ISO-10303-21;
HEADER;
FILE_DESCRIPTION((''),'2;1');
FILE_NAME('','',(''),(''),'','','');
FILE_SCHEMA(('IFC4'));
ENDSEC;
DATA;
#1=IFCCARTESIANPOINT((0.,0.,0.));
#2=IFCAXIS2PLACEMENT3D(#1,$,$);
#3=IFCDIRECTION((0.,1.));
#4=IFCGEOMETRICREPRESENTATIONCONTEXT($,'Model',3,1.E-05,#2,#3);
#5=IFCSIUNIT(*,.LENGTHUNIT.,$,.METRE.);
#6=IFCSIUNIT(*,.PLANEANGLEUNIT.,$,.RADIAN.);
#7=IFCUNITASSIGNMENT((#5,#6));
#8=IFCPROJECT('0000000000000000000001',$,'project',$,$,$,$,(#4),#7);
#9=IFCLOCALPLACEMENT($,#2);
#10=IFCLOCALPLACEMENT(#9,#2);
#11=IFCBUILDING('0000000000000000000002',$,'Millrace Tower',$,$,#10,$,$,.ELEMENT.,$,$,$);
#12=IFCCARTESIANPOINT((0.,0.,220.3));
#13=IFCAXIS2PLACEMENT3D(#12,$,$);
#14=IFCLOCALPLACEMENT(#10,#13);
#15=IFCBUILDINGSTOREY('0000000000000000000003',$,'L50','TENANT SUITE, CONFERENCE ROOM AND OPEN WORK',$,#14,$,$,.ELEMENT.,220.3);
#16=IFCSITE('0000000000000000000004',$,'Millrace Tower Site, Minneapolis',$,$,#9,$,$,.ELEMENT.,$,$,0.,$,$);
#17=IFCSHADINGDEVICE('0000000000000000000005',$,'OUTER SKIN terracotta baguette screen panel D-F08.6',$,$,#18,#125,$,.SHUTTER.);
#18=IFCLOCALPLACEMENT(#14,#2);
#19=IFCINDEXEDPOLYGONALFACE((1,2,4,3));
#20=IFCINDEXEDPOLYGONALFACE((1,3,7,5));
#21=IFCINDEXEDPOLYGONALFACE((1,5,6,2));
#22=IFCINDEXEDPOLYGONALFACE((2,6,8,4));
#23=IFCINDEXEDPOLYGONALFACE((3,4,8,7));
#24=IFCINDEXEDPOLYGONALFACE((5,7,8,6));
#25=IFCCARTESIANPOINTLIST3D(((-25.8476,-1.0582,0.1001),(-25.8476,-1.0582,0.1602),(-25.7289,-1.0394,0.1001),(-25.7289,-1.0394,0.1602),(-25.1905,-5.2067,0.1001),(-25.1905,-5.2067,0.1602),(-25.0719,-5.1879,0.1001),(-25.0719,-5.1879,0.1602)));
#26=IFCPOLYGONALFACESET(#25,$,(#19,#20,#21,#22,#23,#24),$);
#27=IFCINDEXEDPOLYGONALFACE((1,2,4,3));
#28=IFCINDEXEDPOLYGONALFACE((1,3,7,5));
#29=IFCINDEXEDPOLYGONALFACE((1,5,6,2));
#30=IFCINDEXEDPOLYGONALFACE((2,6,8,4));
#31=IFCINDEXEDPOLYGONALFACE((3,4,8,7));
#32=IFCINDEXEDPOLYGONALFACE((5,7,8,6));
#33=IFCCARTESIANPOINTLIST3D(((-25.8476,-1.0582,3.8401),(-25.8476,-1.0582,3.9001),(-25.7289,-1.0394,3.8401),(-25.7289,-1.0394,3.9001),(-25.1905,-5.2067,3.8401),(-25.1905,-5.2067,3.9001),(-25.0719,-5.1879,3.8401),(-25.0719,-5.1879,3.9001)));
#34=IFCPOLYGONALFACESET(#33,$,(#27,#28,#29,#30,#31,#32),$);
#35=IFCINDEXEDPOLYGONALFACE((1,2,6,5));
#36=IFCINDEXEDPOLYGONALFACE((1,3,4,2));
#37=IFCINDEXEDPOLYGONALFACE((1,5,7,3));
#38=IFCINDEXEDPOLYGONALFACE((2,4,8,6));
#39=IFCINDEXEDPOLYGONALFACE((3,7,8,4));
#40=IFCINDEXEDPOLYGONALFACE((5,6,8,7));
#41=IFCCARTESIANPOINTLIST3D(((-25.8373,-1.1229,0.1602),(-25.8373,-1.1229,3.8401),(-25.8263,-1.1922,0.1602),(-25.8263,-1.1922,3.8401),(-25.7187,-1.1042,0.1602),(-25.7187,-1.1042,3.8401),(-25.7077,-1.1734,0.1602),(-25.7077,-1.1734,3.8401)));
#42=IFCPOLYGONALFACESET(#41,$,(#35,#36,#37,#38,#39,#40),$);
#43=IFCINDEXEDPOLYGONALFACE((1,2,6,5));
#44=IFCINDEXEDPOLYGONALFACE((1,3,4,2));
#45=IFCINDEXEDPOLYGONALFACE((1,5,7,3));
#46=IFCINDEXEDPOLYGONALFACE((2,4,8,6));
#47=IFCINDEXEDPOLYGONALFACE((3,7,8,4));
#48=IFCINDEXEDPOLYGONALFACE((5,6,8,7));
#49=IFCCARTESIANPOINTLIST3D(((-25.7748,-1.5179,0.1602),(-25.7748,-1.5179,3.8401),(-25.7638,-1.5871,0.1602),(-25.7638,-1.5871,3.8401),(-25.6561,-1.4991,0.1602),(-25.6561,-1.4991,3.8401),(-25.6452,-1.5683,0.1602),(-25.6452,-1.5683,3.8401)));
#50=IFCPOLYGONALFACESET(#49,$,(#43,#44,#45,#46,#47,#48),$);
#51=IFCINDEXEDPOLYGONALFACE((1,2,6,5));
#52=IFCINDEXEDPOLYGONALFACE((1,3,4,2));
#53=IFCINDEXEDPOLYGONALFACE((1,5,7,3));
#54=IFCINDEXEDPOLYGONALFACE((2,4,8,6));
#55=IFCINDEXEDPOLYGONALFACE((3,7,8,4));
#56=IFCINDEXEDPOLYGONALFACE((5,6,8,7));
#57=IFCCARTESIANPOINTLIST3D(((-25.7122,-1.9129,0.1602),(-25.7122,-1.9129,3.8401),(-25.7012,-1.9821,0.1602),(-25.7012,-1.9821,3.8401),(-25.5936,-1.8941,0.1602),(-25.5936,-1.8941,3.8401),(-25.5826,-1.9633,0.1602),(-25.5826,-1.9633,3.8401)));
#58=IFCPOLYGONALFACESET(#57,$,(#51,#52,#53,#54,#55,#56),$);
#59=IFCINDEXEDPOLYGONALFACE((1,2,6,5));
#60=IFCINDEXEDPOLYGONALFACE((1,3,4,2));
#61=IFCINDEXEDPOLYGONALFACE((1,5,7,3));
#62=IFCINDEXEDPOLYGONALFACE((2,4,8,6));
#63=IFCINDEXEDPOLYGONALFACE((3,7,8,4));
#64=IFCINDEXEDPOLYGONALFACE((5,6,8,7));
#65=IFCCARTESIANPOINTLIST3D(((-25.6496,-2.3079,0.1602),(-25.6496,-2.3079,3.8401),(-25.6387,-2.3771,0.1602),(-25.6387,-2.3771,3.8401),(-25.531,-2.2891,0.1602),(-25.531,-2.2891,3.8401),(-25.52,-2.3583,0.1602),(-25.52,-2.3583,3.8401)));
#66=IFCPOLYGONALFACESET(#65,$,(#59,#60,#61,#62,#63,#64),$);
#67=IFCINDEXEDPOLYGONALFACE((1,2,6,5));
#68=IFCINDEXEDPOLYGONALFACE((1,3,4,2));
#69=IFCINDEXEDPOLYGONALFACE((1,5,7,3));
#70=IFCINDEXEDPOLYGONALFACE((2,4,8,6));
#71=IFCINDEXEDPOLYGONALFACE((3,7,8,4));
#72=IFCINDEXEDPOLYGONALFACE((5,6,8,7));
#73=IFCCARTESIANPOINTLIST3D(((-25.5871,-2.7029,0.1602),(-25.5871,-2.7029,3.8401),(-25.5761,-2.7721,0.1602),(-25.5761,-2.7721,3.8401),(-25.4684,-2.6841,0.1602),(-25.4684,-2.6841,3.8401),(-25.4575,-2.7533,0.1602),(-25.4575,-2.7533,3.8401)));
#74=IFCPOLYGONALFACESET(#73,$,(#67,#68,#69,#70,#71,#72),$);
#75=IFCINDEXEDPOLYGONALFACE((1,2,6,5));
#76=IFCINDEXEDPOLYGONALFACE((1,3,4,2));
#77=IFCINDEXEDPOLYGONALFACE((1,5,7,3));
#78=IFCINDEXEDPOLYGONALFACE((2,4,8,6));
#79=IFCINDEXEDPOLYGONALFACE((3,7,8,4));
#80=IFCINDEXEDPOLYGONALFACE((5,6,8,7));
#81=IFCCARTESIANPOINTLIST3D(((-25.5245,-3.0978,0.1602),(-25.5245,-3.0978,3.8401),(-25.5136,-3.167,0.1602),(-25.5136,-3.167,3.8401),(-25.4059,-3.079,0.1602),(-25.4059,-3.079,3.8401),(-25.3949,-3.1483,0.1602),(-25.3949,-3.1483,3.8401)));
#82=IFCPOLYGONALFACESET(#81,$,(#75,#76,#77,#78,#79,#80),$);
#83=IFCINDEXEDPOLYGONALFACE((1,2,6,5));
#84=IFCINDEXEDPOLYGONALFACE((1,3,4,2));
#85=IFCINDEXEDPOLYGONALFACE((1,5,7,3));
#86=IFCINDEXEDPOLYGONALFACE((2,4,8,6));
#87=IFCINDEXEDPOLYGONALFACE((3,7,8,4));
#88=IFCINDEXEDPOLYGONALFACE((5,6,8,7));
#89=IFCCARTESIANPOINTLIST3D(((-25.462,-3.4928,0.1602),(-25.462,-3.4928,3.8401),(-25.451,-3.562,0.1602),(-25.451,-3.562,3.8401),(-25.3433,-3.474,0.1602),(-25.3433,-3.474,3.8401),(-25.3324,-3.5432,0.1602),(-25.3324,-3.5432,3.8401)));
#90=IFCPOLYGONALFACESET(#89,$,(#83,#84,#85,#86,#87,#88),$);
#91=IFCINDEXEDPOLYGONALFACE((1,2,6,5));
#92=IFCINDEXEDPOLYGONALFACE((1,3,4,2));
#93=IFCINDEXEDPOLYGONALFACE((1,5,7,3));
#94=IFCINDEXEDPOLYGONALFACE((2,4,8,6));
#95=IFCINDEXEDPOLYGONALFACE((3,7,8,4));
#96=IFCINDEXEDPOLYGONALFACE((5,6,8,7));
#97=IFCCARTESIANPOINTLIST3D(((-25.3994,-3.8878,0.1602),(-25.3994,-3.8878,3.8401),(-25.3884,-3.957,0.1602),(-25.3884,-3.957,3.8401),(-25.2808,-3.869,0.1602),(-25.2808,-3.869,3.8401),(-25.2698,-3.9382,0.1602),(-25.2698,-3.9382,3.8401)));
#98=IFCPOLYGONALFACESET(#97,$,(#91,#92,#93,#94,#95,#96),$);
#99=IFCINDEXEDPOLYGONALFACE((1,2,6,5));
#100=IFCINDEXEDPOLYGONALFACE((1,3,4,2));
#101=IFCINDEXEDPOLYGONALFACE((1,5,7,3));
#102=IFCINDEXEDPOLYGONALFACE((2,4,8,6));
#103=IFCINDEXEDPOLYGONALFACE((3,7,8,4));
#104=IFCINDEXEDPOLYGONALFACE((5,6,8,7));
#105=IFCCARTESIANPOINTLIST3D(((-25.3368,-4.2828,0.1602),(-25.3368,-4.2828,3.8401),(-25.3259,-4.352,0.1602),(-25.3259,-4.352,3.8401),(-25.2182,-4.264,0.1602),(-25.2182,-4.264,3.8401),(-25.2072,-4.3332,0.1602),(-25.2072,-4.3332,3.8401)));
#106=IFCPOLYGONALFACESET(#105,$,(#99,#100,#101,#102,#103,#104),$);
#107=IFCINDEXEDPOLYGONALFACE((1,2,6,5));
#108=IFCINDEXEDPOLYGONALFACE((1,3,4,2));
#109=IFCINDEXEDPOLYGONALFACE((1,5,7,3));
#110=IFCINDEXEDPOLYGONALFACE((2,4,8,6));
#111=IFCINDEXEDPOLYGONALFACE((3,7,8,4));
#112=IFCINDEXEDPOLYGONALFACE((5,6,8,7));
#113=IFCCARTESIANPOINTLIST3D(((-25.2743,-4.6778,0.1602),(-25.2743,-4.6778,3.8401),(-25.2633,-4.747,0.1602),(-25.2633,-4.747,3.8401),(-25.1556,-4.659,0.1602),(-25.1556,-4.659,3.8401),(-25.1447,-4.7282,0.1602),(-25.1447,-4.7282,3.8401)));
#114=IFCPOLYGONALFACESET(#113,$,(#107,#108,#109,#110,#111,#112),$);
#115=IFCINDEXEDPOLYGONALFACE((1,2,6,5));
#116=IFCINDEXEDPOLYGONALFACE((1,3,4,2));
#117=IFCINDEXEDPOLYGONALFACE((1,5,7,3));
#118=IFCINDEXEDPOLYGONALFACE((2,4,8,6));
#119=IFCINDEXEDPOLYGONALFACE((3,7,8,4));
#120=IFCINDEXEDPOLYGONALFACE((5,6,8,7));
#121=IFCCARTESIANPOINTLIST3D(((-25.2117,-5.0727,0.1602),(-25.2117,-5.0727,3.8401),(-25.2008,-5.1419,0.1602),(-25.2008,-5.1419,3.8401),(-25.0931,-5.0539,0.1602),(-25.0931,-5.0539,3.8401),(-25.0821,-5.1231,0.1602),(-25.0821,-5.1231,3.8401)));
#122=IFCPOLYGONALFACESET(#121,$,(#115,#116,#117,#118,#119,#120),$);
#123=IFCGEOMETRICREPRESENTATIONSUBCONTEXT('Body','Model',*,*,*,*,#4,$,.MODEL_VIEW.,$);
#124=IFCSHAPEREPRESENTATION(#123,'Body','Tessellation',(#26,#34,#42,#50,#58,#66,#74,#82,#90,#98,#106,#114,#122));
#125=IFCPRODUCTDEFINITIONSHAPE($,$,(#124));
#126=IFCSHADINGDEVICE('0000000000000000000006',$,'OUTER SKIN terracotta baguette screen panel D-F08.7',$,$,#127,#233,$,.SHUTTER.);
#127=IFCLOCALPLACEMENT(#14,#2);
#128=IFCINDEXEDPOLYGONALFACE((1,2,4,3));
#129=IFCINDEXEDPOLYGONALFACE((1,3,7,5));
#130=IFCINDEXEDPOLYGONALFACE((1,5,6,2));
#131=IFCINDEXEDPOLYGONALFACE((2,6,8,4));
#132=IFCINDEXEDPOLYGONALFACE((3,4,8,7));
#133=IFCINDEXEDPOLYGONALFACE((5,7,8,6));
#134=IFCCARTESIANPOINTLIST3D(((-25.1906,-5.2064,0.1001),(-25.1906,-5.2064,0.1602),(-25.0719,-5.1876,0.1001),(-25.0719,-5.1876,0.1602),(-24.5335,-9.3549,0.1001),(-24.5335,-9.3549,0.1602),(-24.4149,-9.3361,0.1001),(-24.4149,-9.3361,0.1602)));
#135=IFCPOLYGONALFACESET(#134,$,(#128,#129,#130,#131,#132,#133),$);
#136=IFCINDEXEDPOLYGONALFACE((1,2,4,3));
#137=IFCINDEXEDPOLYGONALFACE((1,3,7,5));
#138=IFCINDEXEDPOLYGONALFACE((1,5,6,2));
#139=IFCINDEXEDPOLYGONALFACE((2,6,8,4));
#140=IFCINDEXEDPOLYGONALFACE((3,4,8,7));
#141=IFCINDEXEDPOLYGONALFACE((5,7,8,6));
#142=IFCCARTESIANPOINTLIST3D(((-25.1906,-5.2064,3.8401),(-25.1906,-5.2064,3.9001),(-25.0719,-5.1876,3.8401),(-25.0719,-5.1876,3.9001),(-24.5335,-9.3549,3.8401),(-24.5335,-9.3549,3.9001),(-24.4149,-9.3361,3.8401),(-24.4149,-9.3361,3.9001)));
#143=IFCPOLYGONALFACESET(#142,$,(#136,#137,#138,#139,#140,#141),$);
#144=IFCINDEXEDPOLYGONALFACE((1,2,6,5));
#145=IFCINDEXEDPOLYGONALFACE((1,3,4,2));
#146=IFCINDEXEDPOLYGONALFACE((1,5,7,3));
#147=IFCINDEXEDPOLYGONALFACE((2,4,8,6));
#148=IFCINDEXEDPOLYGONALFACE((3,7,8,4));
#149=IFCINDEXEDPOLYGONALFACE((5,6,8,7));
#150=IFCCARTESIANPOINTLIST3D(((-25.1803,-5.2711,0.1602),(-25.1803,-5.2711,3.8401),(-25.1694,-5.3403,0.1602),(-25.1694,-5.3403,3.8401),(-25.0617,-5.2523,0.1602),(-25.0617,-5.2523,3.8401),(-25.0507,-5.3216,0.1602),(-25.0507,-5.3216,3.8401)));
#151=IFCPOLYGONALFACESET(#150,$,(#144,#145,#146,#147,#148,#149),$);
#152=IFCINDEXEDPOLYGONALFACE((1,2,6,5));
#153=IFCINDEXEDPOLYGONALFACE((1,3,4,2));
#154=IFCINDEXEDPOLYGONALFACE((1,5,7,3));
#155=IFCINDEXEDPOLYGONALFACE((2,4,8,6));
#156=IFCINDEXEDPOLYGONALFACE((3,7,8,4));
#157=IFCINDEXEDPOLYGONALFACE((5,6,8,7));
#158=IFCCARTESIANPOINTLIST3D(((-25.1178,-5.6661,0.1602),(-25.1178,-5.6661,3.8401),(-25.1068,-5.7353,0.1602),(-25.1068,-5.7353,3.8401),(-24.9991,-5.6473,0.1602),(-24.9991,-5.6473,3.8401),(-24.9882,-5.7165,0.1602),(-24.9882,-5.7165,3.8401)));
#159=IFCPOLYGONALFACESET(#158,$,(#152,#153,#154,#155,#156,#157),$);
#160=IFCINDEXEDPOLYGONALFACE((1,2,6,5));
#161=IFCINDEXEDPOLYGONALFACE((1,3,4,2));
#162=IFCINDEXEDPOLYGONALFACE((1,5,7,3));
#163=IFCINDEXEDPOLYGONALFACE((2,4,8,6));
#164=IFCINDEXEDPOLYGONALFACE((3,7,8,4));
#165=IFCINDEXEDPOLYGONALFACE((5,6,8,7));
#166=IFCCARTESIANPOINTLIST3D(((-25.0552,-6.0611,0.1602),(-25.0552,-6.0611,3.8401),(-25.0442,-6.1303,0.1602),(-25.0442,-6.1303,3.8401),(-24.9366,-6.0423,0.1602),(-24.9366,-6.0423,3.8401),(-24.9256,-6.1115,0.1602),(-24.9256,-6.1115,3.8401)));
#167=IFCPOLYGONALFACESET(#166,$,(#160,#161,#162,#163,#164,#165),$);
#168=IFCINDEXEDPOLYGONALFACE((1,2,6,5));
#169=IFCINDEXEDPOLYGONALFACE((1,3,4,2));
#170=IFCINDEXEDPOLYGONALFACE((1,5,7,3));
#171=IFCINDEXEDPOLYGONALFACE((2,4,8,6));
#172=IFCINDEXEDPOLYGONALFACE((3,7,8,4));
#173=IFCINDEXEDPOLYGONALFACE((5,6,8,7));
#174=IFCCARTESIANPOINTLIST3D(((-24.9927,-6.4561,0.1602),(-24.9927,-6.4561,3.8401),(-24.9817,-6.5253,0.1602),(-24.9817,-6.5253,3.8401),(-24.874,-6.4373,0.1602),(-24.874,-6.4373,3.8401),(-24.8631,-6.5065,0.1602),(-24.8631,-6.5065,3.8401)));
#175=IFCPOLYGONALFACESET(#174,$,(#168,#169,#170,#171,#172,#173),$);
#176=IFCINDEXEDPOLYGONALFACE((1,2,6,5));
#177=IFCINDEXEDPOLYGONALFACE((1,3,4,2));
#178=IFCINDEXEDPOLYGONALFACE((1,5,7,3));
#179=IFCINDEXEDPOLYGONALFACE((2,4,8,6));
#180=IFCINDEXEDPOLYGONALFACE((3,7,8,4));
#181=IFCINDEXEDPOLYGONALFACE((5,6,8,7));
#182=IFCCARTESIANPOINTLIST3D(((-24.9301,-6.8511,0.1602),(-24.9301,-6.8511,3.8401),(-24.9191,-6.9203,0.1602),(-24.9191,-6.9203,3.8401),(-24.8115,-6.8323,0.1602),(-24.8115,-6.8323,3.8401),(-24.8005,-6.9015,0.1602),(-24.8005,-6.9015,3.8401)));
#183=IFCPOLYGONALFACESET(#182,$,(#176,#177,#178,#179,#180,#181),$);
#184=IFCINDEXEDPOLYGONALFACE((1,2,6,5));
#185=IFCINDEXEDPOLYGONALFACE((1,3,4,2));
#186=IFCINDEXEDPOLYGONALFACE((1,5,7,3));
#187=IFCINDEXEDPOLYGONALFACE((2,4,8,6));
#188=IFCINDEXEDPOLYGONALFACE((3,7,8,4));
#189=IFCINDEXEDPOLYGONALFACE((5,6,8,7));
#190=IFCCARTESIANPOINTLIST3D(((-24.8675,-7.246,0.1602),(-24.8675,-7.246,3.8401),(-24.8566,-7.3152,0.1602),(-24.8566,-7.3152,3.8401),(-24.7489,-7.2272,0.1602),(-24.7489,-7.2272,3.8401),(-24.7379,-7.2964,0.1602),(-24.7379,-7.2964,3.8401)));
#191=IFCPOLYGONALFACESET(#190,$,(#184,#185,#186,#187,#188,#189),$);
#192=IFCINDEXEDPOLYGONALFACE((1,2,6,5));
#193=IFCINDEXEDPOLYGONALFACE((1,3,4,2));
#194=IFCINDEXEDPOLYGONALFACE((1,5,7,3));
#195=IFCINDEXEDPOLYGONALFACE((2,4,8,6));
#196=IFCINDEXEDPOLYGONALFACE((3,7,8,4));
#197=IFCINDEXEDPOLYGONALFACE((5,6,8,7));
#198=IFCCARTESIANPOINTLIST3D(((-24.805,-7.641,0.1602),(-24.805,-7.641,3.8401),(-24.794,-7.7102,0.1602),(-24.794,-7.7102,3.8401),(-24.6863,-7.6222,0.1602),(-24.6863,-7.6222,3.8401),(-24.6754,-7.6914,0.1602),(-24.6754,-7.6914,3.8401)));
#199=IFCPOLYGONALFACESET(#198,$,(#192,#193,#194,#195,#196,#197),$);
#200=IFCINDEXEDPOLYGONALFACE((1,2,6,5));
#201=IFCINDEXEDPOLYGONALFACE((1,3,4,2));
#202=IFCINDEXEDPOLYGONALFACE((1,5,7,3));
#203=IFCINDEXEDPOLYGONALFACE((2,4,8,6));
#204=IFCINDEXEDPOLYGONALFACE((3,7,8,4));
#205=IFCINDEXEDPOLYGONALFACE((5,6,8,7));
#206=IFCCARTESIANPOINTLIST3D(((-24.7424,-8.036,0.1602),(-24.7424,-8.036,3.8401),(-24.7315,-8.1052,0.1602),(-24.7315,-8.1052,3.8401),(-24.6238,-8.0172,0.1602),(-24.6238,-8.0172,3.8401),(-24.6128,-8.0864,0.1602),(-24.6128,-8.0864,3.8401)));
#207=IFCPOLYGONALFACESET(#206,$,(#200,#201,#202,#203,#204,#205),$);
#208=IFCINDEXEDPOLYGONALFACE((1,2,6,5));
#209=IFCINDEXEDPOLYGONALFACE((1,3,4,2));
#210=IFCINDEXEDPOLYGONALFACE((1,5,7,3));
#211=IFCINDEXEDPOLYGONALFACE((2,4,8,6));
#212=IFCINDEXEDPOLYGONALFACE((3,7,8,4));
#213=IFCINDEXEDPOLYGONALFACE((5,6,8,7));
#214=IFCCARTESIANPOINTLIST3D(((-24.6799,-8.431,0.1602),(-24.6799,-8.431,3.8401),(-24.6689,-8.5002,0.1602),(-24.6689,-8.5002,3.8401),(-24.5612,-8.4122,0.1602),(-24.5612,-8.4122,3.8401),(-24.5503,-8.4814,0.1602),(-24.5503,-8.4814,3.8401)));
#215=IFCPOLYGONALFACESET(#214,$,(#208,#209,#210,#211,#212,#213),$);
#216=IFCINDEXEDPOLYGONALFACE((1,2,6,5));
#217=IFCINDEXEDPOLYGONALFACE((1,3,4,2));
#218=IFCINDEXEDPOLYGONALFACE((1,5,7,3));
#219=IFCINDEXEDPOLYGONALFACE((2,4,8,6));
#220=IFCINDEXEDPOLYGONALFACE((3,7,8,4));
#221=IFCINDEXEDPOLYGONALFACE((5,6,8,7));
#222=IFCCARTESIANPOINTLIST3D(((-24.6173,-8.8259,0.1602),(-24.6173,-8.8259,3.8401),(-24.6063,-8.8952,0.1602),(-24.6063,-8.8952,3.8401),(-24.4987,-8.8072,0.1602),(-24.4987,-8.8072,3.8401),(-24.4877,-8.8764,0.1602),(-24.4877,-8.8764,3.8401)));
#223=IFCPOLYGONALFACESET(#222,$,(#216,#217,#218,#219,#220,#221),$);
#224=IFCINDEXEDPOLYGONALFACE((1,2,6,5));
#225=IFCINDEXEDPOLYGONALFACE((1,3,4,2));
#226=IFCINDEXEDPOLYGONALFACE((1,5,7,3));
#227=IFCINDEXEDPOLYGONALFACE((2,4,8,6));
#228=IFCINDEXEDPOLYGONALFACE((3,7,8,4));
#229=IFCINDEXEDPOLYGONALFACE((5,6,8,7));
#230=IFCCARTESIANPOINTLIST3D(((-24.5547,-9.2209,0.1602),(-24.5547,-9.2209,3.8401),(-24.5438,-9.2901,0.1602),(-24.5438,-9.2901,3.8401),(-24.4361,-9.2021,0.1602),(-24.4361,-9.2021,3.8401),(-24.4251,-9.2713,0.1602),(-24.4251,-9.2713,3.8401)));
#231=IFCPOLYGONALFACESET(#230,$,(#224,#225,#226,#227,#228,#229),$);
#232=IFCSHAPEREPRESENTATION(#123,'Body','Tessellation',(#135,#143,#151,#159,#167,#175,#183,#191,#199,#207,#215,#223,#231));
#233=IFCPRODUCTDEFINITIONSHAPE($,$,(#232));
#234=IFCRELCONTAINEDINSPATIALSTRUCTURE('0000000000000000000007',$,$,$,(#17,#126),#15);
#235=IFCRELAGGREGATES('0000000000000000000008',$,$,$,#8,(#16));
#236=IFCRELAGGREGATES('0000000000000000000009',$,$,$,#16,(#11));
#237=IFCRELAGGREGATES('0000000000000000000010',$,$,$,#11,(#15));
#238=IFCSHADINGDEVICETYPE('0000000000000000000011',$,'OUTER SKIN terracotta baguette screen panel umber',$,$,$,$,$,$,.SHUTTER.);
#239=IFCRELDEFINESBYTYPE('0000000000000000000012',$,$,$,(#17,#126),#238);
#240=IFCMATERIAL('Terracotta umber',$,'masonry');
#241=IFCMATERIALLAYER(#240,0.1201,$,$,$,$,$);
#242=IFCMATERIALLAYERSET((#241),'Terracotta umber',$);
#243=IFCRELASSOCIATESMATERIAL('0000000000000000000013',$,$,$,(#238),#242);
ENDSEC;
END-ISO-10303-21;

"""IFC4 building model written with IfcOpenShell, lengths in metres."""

from ifc_helpers import new_model, entity, si_unit, direction, frame, frame_2d, origin, origin_2d, place, context, subcontext, project, spatial, rectangle, extrude, source, transform, mapped, material, layer, layer_set, type_object, element, save


model = new_model("IFC4")

# Units and contexts
model_context = context("Model", 3, precision=1e-05, world=origin(), true_north=direction((0.0, 1.0)))
body_context = subcontext(model_context, "Body", "Model", "MODEL_VIEW")
ifc_project = project(units=[si_unit("LENGTHUNIT", "METRE"), si_unit("PLANEANGLEUNIT", "RADIAN")], contexts=[model_context])

# Site, building, storey
site_placement = place(None, origin())
site = spatial("IfcSite", under=ifc_project, at=site_placement, Name="Millrace Tower Site, Minneapolis", CompositionType="ELEMENT", RefElevation=0.0)
building_placement = place(site_placement, origin())
building = spatial("IfcBuilding", under=site, at=building_placement, Name="Millrace Tower", CompositionType="ELEMENT")
storey_placement = place(building_placement, frame((0.0, 0.0, 220.3)))
storey = spatial("IfcBuildingStorey", under=building, at=storey_placement, Name="L50", Description="TENANT SUITE, CONFERENCE ROOM AND OPEN WORK", CompositionType="ELEMENT", Elevation=220.3)

# Shading devices
ifc_material_1 = material(Name="Terracotta umber", Category="masonry")
ifc_layer_1 = layer(ifc_material_1, 0.1201)
ifc_layer_set_1 = layer_set([ifc_layer_1], Name="Terracotta umber")
shading_device_type = type_object("IfcShadingDeviceType", Name="OUTER SKIN terracotta baguette screen panel umber", PredefinedType="SHUTTER", material=ifc_layer_set_1)
cartesian_point = entity("IfcCartesianPoint", [-2.1001, 0.0601])
shared_polyline = entity("IfcPolyline", [cartesian_point, entity("IfcCartesianPoint", [2.1001, 0.0601]), entity("IfcCartesianPoint", [2.1001, -0.0601]), entity("IfcCartesianPoint", [-2.1001, -0.0601]), cartesian_point])
shared_shape = source(origin(), body_context, "Body", "SweptSolid", [
    entity("IfcExtrudedAreaSolid", entity("IfcArbitraryClosedProfileDef", "AREA", None, shared_polyline), entity("IfcAxis2Placement3D", entity("IfcCartesianPoint", [0.0, 0.0, 0.0])), entity("IfcDirection", [0.0, 0.0, 1.0]), 0.0601),
    entity("IfcExtrudedAreaSolid", entity("IfcArbitraryClosedProfileDef", "AREA", None, shared_polyline), entity("IfcAxis2Placement3D", entity("IfcCartesianPoint", [0.0, 0.0, 3.74])), entity("IfcDirection", [0.0, 0.0, 1.0]), 0.0601),
    extrude(rectangle(XDim=0.0701, YDim=0.1201, at=frame_2d((-1.9995, 0.0))), frame((0.0, 0.0, 0.0601)), (0.0, 0.0, 1.0), 3.6799),
    extrude(rectangle(XDim=0.0701, YDim=0.1201, at=frame_2d((-1.5996, 0.0))), frame((0.0, 0.0, 0.0601)), (0.0, 0.0, 1.0), 3.6799),
    extrude(rectangle(XDim=0.0701, YDim=0.1201, at=frame_2d((-1.1997, 0.0))), frame((0.0, 0.0, 0.0601)), (0.0, 0.0, 1.0), 3.6799),
    extrude(rectangle(XDim=0.0701, YDim=0.1201, at=frame_2d((-0.7998, 0.0))), frame((0.0, 0.0, 0.0601)), (0.0, 0.0, 1.0), 3.6799),
    extrude(rectangle(XDim=0.0701, YDim=0.1201, at=frame_2d((-0.3999, 0.0))), frame((0.0, 0.0, 0.0601)), (0.0, 0.0, 1.0), 3.6799),
    extrude(rectangle(XDim=0.0701, YDim=0.1201, at=origin_2d()), frame((0.0, 0.0, 0.0601)), (0.0, 0.0, 1.0), 3.6799),
    extrude(rectangle(XDim=0.0701, YDim=0.1201, at=frame_2d((0.3999, 0.0))), frame((0.0, 0.0, 0.0601)), (0.0, 0.0, 1.0), 3.6799),
    extrude(rectangle(XDim=0.0701, YDim=0.1201, at=frame_2d((0.7998, 0.0))), frame((0.0, 0.0, 0.0601)), (0.0, 0.0, 1.0), 3.6799),
    extrude(rectangle(XDim=0.0701, YDim=0.1201, at=frame_2d((1.1997, 0.0))), frame((0.0, 0.0, 0.0601)), (0.0, 0.0, 1.0), 3.6799),
    extrude(rectangle(XDim=0.0701, YDim=0.1201, at=frame_2d((1.5996, 0.0))), frame((0.0, 0.0, 0.0601)), (0.0, 0.0, 1.0), 3.6799),
    extrude(rectangle(XDim=0.0701, YDim=0.1201, at=frame_2d((1.9995, 0.0))), frame((0.0, 0.0, 0.0601)), (0.0, 0.0, 1.0), 3.6799),
])
for number, where, z_axis, x_axis, name in (
    (1, (-25.4597, -3.123, 0.1001), (0.0, 0.0, 1.0), (0.156434, -0.987688, 0.0), "OUTER SKIN terracotta baguette screen panel D-F08.6"),
    (2, (-24.8027, -7.2712, 0.1001), (0.0, 0.0, 1.0), (0.156434, -0.987688, 0.0), "OUTER SKIN terracotta baguette screen panel D-F08.7"),
):
    element("IfcShadingDevice", number, at=place(storey_placement, frame(where, z_axis=z_axis, x_axis=x_axis)), inside=storey, type_object=shading_device_type, Name=name, PredefinedType="SHUTTER", context=body_context, shape_type="MappedRepresentation", body=[
        mapped(shared_shape, transform((0.0, 0.0, 0.0), scale=1.0)),
    ])

save(model, "model.ifc")
